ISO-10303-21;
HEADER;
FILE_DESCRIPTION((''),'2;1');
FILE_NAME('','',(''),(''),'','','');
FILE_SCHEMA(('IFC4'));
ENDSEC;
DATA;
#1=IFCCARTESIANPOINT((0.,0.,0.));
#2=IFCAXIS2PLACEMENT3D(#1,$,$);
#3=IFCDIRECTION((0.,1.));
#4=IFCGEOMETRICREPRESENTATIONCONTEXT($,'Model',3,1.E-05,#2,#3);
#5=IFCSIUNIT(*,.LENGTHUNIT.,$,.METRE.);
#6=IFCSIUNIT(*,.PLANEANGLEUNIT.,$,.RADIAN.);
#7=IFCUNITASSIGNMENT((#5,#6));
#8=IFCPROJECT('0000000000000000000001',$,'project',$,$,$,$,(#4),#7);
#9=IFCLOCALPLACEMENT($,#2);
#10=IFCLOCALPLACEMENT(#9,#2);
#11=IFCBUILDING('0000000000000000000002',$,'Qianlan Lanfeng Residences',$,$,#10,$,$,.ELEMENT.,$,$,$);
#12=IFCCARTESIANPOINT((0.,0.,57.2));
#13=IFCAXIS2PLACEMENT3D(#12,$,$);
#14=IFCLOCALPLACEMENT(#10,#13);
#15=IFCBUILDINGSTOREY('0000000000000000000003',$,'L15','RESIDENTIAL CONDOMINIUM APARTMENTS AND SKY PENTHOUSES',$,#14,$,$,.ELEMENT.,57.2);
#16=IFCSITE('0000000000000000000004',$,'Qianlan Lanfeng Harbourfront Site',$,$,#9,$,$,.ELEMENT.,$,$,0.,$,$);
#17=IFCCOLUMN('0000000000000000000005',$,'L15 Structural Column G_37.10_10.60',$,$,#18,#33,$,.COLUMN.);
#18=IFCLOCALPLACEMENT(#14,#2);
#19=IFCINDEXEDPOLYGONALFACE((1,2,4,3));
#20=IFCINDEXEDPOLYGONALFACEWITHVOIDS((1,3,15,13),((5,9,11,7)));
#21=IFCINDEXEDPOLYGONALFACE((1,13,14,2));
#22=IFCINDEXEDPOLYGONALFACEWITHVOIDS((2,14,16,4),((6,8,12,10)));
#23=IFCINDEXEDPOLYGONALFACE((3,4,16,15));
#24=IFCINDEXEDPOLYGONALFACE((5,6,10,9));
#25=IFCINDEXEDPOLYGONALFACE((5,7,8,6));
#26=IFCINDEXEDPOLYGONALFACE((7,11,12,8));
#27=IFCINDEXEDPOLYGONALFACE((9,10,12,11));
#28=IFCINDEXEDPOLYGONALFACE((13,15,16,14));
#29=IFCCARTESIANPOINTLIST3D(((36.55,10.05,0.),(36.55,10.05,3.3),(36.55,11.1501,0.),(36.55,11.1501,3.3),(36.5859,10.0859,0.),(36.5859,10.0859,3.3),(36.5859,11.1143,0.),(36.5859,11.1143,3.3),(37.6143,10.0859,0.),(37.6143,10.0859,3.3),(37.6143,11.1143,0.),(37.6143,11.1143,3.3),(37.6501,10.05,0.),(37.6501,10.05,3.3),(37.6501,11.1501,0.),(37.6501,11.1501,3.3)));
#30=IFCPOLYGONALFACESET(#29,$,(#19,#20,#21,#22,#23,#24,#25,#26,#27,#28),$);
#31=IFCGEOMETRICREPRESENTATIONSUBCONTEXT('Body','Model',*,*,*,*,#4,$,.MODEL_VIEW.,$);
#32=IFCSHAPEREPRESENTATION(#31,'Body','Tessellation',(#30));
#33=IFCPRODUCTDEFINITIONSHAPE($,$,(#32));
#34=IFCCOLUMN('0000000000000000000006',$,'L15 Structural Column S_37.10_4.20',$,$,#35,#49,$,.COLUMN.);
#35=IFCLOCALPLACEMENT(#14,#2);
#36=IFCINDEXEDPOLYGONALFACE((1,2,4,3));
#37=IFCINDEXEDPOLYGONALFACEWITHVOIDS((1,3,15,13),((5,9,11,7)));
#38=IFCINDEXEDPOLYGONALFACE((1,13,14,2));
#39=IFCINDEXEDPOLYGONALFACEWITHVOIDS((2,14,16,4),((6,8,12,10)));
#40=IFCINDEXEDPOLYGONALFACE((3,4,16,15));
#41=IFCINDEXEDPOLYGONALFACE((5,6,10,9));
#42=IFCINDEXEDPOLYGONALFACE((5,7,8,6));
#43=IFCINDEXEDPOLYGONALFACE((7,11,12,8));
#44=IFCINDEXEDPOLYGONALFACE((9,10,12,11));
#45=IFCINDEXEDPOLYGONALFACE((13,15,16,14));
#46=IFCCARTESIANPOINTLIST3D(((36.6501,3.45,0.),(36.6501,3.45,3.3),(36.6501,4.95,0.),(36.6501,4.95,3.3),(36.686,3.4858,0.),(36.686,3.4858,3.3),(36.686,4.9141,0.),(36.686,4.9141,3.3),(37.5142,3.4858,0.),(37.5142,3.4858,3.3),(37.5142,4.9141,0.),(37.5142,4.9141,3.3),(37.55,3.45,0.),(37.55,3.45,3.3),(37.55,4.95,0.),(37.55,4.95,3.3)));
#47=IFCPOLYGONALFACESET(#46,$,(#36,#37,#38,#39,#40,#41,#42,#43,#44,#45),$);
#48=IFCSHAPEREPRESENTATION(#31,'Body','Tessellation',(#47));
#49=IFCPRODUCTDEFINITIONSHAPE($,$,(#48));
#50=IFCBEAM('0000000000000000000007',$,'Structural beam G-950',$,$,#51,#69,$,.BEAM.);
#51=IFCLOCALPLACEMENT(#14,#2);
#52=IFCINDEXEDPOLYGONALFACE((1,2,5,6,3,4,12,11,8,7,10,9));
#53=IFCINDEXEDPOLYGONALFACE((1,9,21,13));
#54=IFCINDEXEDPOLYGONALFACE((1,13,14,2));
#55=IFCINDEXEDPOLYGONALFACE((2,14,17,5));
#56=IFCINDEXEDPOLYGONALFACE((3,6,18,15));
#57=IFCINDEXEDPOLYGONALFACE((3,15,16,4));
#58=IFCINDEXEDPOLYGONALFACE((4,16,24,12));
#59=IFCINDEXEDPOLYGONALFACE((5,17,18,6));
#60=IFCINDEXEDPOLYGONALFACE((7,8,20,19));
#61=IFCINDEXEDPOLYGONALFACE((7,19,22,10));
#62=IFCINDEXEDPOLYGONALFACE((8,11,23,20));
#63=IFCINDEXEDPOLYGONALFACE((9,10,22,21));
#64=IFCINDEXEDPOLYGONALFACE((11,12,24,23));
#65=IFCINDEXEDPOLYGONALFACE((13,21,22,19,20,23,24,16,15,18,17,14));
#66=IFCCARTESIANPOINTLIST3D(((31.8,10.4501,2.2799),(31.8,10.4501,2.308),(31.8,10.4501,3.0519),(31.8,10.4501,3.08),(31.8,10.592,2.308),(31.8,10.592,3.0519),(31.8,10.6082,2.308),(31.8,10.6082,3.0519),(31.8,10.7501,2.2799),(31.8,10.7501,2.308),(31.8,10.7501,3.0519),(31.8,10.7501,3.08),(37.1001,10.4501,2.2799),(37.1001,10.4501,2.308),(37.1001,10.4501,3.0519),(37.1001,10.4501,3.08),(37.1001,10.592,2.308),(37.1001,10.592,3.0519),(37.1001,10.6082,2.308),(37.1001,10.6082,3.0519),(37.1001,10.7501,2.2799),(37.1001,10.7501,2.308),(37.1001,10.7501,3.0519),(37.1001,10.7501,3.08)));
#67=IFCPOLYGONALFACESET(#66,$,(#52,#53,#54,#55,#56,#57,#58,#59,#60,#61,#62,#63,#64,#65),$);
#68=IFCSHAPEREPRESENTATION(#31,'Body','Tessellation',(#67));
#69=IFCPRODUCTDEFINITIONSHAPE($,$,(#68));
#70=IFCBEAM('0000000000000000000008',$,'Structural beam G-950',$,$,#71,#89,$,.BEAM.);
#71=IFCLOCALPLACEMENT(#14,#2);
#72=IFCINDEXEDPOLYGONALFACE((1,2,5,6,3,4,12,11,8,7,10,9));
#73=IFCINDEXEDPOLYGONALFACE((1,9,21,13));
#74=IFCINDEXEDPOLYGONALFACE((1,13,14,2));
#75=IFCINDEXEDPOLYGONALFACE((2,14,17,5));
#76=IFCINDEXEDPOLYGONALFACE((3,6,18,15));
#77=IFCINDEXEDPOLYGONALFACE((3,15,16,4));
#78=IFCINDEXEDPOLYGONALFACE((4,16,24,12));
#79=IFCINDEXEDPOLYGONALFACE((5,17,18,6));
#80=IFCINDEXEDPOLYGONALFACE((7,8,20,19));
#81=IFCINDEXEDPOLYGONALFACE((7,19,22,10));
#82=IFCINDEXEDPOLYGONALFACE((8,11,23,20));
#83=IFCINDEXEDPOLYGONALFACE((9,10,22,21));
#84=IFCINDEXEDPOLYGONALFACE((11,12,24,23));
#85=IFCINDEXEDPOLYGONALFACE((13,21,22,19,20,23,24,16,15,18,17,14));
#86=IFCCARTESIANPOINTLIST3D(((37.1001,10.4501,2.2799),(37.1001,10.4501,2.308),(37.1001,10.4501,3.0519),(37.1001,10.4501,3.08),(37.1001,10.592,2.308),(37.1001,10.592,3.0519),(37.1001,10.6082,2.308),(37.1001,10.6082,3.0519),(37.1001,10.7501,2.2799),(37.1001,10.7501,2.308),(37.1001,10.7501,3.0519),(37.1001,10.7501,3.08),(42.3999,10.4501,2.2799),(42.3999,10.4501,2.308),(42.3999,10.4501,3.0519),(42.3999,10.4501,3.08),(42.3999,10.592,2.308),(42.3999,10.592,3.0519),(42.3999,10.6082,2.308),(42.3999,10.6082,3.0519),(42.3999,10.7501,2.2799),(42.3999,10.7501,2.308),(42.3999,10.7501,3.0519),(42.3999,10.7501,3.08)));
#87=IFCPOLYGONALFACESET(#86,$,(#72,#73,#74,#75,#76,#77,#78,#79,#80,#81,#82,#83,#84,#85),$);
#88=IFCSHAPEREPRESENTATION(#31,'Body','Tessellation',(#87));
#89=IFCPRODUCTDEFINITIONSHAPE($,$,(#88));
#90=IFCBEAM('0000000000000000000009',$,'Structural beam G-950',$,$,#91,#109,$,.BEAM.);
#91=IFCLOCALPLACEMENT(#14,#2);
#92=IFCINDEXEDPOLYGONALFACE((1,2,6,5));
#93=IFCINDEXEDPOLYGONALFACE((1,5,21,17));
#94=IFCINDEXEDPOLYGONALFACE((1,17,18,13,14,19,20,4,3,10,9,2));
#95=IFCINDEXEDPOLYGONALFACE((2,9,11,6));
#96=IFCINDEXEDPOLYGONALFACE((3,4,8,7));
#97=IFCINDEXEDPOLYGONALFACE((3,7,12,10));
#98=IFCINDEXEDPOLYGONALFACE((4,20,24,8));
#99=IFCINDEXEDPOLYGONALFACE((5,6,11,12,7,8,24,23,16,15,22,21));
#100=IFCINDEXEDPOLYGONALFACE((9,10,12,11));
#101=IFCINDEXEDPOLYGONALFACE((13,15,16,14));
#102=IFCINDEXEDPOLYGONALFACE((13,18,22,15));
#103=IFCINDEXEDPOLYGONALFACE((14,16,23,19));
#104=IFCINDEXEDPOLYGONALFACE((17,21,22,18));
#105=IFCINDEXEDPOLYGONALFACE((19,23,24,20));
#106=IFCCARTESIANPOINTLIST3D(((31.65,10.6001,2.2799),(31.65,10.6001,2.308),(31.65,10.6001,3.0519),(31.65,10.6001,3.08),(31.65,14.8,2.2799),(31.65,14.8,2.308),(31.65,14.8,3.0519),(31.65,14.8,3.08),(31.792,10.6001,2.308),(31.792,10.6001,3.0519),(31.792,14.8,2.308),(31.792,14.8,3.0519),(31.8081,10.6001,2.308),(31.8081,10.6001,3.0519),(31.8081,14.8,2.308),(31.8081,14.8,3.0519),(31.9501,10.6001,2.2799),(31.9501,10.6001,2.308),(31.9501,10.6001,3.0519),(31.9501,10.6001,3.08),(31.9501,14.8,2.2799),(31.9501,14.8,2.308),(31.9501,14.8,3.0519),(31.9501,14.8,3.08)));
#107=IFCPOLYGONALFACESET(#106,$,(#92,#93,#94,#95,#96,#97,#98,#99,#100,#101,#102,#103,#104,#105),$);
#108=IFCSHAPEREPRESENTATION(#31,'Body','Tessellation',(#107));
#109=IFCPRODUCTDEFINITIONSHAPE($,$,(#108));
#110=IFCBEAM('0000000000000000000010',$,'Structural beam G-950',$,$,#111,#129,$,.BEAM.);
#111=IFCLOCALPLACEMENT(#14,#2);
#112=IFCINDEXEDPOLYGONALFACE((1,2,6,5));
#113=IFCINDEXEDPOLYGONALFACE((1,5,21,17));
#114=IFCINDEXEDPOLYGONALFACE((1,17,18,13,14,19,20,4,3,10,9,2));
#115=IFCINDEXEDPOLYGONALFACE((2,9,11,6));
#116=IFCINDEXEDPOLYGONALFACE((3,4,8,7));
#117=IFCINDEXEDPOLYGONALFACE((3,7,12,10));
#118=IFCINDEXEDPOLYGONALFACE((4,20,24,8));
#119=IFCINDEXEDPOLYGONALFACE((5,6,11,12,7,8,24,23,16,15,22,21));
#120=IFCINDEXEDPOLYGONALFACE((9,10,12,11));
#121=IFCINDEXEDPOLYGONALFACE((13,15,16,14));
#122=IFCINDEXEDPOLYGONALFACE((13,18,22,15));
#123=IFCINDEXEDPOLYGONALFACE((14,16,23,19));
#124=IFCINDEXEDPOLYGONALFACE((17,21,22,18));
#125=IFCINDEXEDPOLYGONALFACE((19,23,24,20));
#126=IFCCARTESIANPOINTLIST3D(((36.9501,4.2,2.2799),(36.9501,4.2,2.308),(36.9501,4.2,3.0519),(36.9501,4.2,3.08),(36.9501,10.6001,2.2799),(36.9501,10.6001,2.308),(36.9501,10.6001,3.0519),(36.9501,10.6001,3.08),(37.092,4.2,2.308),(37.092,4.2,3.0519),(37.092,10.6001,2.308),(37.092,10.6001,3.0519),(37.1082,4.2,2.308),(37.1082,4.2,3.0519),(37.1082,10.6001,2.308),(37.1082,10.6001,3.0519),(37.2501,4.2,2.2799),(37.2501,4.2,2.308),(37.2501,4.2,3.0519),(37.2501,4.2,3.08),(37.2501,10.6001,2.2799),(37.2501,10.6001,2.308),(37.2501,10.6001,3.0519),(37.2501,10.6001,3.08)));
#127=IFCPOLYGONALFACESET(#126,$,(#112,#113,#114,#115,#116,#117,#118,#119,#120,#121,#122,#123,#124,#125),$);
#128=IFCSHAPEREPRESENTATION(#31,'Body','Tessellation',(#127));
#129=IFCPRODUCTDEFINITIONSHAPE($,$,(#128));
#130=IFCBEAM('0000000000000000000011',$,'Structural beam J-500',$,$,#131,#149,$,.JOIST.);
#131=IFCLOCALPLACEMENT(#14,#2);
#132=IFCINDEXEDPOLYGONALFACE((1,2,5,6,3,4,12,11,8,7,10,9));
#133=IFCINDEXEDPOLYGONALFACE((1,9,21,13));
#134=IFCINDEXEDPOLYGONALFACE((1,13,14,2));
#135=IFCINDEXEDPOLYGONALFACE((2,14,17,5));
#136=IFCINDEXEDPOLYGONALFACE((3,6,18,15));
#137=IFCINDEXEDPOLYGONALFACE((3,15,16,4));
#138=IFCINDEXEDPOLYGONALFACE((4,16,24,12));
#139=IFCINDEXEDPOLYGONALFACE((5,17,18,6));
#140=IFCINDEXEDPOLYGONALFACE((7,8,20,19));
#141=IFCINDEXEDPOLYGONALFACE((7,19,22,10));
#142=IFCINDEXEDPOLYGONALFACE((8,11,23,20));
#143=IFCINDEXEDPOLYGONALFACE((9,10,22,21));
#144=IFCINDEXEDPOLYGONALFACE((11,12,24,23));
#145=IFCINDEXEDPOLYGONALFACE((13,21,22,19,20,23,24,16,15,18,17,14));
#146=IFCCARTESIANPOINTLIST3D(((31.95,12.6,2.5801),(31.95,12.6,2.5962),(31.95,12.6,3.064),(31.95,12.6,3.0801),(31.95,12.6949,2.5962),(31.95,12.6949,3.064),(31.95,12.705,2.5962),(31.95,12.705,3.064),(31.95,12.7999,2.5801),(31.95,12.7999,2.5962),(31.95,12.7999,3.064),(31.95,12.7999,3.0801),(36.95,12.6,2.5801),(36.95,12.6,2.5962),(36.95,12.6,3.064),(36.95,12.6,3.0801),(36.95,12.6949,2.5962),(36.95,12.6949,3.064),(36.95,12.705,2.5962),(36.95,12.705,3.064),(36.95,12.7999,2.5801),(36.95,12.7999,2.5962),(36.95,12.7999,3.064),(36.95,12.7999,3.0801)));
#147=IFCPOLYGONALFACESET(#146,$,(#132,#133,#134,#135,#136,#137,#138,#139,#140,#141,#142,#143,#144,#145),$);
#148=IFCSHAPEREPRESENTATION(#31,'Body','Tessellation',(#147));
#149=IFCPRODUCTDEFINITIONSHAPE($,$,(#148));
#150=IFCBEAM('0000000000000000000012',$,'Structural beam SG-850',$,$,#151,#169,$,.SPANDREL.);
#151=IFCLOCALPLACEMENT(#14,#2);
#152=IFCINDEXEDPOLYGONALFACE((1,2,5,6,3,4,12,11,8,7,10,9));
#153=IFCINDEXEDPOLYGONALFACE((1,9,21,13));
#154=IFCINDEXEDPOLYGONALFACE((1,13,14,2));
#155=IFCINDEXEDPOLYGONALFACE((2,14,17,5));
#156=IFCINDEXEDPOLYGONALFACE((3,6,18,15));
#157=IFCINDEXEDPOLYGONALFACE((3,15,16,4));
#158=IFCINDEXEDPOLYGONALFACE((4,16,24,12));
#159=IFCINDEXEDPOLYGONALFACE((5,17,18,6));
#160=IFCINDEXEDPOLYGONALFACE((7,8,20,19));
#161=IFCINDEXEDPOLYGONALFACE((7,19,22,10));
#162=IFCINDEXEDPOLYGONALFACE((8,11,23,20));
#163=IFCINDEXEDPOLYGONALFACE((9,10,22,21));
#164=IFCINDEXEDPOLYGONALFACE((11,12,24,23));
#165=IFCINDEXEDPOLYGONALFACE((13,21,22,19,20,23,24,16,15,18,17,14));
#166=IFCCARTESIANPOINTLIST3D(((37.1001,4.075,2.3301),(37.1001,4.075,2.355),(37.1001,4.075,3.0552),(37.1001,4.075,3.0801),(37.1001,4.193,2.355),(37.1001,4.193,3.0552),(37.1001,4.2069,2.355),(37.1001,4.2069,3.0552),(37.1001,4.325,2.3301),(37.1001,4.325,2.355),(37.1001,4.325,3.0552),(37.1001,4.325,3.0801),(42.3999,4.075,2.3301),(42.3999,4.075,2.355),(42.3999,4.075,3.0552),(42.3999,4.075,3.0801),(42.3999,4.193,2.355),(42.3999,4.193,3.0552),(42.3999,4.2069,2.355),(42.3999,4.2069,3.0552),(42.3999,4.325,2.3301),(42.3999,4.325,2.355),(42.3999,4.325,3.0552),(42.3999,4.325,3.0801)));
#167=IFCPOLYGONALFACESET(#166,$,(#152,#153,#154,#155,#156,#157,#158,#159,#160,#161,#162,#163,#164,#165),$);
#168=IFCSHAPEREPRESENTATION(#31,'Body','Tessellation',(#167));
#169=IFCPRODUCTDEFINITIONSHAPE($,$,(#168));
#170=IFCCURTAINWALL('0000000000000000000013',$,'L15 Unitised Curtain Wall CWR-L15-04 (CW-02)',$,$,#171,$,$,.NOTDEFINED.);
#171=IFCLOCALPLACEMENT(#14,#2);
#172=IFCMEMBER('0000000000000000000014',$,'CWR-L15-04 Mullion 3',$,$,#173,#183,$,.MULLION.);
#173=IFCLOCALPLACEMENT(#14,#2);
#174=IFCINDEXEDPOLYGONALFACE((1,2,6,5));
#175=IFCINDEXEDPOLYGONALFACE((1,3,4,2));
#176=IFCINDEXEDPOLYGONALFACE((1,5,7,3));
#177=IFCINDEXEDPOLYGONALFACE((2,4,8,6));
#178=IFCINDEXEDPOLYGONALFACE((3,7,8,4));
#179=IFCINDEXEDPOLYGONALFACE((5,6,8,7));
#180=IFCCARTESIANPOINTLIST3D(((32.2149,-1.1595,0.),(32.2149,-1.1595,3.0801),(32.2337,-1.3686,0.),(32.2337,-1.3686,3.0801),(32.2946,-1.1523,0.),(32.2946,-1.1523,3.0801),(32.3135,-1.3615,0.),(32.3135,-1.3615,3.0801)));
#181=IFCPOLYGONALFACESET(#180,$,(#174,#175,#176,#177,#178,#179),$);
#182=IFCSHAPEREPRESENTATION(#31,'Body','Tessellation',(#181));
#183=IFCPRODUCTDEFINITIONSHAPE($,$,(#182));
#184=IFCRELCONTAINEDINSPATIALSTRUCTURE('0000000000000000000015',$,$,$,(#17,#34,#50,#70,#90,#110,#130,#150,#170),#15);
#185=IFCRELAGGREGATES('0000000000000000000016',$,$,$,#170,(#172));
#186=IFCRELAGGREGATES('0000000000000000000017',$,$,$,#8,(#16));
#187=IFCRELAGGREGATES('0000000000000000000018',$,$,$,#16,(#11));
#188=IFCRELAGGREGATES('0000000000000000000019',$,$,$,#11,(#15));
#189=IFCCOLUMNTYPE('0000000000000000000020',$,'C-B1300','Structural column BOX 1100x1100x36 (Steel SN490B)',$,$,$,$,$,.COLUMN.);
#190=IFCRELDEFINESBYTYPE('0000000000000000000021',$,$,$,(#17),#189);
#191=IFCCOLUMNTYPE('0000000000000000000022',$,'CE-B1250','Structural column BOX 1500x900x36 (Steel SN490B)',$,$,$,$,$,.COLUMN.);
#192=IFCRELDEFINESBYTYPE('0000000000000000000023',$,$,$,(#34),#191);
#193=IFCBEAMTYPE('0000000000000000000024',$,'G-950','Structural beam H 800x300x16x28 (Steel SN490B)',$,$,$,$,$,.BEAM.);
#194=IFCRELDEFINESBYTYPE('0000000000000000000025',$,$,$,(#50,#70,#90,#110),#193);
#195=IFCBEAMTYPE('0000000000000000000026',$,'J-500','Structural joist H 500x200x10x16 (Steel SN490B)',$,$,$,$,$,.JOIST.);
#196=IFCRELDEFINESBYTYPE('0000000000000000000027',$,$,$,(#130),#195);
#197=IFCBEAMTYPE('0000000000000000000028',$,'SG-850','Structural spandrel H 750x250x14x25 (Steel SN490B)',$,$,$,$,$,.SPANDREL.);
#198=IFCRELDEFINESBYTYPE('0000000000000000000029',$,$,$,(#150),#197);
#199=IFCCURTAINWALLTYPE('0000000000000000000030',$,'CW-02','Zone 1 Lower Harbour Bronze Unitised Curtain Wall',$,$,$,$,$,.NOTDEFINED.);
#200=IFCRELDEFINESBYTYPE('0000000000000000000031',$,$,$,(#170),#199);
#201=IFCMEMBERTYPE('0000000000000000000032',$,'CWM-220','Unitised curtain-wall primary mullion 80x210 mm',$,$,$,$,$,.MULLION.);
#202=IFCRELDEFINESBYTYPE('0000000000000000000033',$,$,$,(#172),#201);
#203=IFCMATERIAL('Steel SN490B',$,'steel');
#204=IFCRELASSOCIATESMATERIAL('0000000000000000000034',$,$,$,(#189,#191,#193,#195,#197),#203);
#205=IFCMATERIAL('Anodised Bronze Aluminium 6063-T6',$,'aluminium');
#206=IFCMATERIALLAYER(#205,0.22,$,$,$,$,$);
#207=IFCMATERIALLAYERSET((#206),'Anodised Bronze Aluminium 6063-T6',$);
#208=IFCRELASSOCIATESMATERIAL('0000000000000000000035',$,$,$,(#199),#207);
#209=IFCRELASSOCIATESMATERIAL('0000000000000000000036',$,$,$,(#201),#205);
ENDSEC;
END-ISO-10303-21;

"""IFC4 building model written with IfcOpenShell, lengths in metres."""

from ifc_helpers import new_model, si_unit, direction, frame, origin, origin_2d, place, context, subcontext, project, spatial, rectangle, hollow_rectangle, i_section, extrude, source, transform, mapped, material, layer, layer_set, material_profile, profile_set, type_object, element, aggregate, save


model = new_model("IFC4")

# Units and contexts
model_context = context("Model", 3, precision=1e-05, world=origin(), true_north=direction((0.0, 1.0)))
body_context = subcontext(model_context, "Body", "Model", "MODEL_VIEW")
ifc_project = project(units=[si_unit("LENGTHUNIT", "METRE"), si_unit("PLANEANGLEUNIT", "RADIAN")], contexts=[model_context])

# Site, building, storey
site_placement = place(None, origin())
site = spatial("IfcSite", under=ifc_project, at=site_placement, Name="Qianlan Lanfeng Harbourfront Site", CompositionType="ELEMENT", RefElevation=0.0)
building_placement = place(site_placement, origin())
building = spatial("IfcBuilding", under=site, at=building_placement, Name="Qianlan Lanfeng Residences", CompositionType="ELEMENT")
storey_placement = place(building_placement, frame((0.0, 0.0, 57.2)))
storey = spatial("IfcBuildingStorey", under=building, at=storey_placement, Name="L15", Description="RESIDENTIAL CONDOMINIUM APARTMENTS AND SKY PENTHOUSES", CompositionType="ELEMENT", Elevation=57.2)

# Columns
ifc_material_1 = material(Name="Steel SN490B", Category="steel")
ifc_material_profile_1 = material_profile(ifc_material_1, hollow_rectangle(XDim=1.1001, YDim=1.1001, WallThickness=0.0359, at=origin_2d()), Name="BOX 1100x1100x36")
ifc_profile_set_1 = profile_set([ifc_material_profile_1], Name="Steel SN490B")
column_type_1 = type_object("IfcColumnType", Name="C-B1300", Description="Structural column BOX 1100x1100x36 (Steel SN490B)", PredefinedType="COLUMN", material=ifc_profile_set_1)
column_1_placement = place(storey_placement, frame((37.1001, 10.6001, 0.0), z_axis=(0.0, 0.0, 1.0), x_axis=(1.0, 0.0, 0.0)))
element("IfcColumn", 1, at=column_1_placement, inside=storey, type_object=column_type_1, Name="L15 Structural Column G_37.10_10.60", PredefinedType="COLUMN", context=body_context, shape_type="SweptSolid", body=[
    extrude(hollow_rectangle(XDim=1.1001, YDim=1.1001, WallThickness=0.0359, at=origin_2d()), origin(), (0.0, 0.0, 1.0), 3.3),
])
ifc_material_profile_2 = material_profile(ifc_material_1, hollow_rectangle(XDim=0.8999, YDim=1.5, WallThickness=0.0359, at=origin_2d()), Name="BOX 1500x900x36")
ifc_profile_set_2 = profile_set([ifc_material_profile_2], Name="Steel SN490B")
column_type_2 = type_object("IfcColumnType", Name="CE-B1250", Description="Structural column BOX 1500x900x36 (Steel SN490B)", PredefinedType="COLUMN", material=ifc_profile_set_2)
column_2_placement = place(storey_placement, frame((37.1001, 4.2, 0.0), z_axis=(0.0, 0.0, 1.0), x_axis=(1.0, 0.0, 0.0)))
element("IfcColumn", 2, at=column_2_placement, inside=storey, type_object=column_type_2, Name="L15 Structural Column S_37.10_4.20", PredefinedType="COLUMN", context=body_context, shape_type="SweptSolid", body=[
    extrude(hollow_rectangle(XDim=0.8999, YDim=1.5, WallThickness=0.0359, at=origin_2d()), origin(), (0.0, 0.0, 1.0), 3.3),
])

# Beams
ifc_material_profile_3 = material_profile(ifc_material_1, i_section(OverallWidth=0.3, OverallDepth=0.8, WebThickness=0.0161, FlangeThickness=0.0281, at=origin_2d()), Name="H 800x300x16x28")
ifc_profile_set_3 = profile_set([ifc_material_profile_3], Name="Steel SN490B")
beam_type_1 = type_object("IfcBeamType", Name="G-950", Description="Structural beam H 800x300x16x28 (Steel SN490B)", PredefinedType="BEAM", material=ifc_profile_set_3)
beam_1_placement = place(storey_placement, frame((31.8, 10.6001, 2.6799), z_axis=(1.0, 0.0, 0.0), x_axis=(0.0, 1.0, 0.0)))
element("IfcBeam", 3, at=beam_1_placement, inside=storey, type_object=beam_type_1, Name="Structural beam G-950", PredefinedType="BEAM", context=body_context, shape_type="SweptSolid", body=[
    extrude(i_section(OverallWidth=0.3, OverallDepth=0.8, WebThickness=0.0161, FlangeThickness=0.0281, at=origin_2d()), origin(), (0.0, 0.0, 1.0), 5.3),
])
beam_2_placement = place(storey_placement, frame((37.1001, 10.6001, 2.6799), z_axis=(1.0, 0.0, 0.0), x_axis=(0.0, 1.0, 0.0)))
element("IfcBeam", 4, at=beam_2_placement, inside=storey, type_object=beam_type_1, Name="Structural beam G-950", PredefinedType="BEAM", context=body_context, shape_type="SweptSolid", body=[
    extrude(i_section(OverallWidth=0.3, OverallDepth=0.8, WebThickness=0.0161, FlangeThickness=0.0281, at=origin_2d()), origin(), (0.0, 0.0, 1.0), 5.2998),
])
beam_3_placement = place(storey_placement, frame((31.8, 10.6001, 2.6799), z_axis=(0.0, 1.0, 0.0), x_axis=(-1.0, 0.0, 0.0)))
element("IfcBeam", 5, at=beam_3_placement, inside=storey, type_object=beam_type_1, Name="Structural beam G-950", PredefinedType="BEAM", context=body_context, shape_type="SweptSolid", body=[
    extrude(i_section(OverallWidth=0.3, OverallDepth=0.8, WebThickness=0.0161, FlangeThickness=0.0281, at=origin_2d()), origin(), (0.0, 0.0, 1.0), 4.2),
])
beam_4_placement = place(storey_placement, frame((37.1001, 4.2, 2.6799), z_axis=(0.0, 1.0, 0.0), x_axis=(-1.0, 0.0, 0.0)))
element("IfcBeam", 6, at=beam_4_placement, inside=storey, type_object=beam_type_1, Name="Structural beam G-950", PredefinedType="BEAM", context=body_context, shape_type="SweptSolid", body=[
    extrude(i_section(OverallWidth=0.3, OverallDepth=0.8, WebThickness=0.0161, FlangeThickness=0.0281, at=origin_2d()), origin(), (0.0, 0.0, 1.0), 6.4001),
])
ifc_material_profile_4 = material_profile(ifc_material_1, i_section(OverallWidth=0.2, OverallDepth=0.5, WebThickness=0.01, FlangeThickness=0.0161, at=origin_2d()), Name="H 500x200x10x16")
ifc_profile_set_4 = profile_set([ifc_material_profile_4], Name="Steel SN490B")
beam_type_2 = type_object("IfcBeamType", Name="J-500", Description="Structural joist H 500x200x10x16 (Steel SN490B)", PredefinedType="JOIST", material=ifc_profile_set_4)
beam_5_placement = place(storey_placement, frame((31.95, 12.7, 2.8301), z_axis=(1.0, 0.0, 0.0), x_axis=(0.0, 1.0, 0.0)))
element("IfcBeam", 7, at=beam_5_placement, inside=storey, type_object=beam_type_2, Name="Structural beam J-500", PredefinedType="JOIST", context=body_context, shape_type="SweptSolid", body=[
    extrude(i_section(OverallWidth=0.2, OverallDepth=0.5, WebThickness=0.01, FlangeThickness=0.0161, at=origin_2d()), origin(), (0.0, 0.0, 1.0), 5.0),
])
ifc_material_profile_5 = material_profile(ifc_material_1, i_section(OverallWidth=0.25, OverallDepth=0.75, WebThickness=0.0139, FlangeThickness=0.0249, at=origin_2d()), Name="H 750x250x14x25")
ifc_profile_set_5 = profile_set([ifc_material_profile_5], Name="Steel SN490B")
beam_type_3 = type_object("IfcBeamType", Name="SG-850", Description="Structural spandrel H 750x250x14x25 (Steel SN490B)", PredefinedType="SPANDREL", material=ifc_profile_set_5)
beam_6_placement = place(storey_placement, frame((37.1001, 4.2, 2.7051), z_axis=(1.0, 0.0, 0.0), x_axis=(0.0, 1.0, 0.0)))
element("IfcBeam", 8, at=beam_6_placement, inside=storey, type_object=beam_type_3, Name="Structural beam SG-850", PredefinedType="SPANDREL", context=body_context, shape_type="SweptSolid", body=[
    extrude(i_section(OverallWidth=0.25, OverallDepth=0.75, WebThickness=0.0139, FlangeThickness=0.0249, at=origin_2d()), origin(), (0.0, 0.0, 1.0), 5.2998),
])

# Curtain wall, member
ifc_material_2 = material(Name="Anodised Bronze Aluminium 6063-T6", Category="aluminium")
ifc_layer_1 = layer(ifc_material_2, 0.22)
ifc_layer_set_1 = layer_set([ifc_layer_1], Name="Anodised Bronze Aluminium 6063-T6")
curtain_wall_type = type_object("IfcCurtainWallType", Name="CW-02", Description="Zone 1 Lower Harbour Bronze Unitised Curtain Wall", PredefinedType="NOTDEFINED", material=ifc_layer_set_1)
curtain_wall_1_placement = place(storey_placement, origin())
curtain_wall_1 = element("IfcCurtainWall", 9, at=curtain_wall_1_placement, inside=storey, type_object=curtain_wall_type, Name="L15 Unitised Curtain Wall CWR-L15-04 (CW-02)", PredefinedType="NOTDEFINED")
ifc_material_profile_6 = material_profile(ifc_material_2, rectangle(XDim=0.0801, YDim=0.21, at=origin_2d()), Name="ALU MULLION 80x210")
ifc_profile_set_6 = profile_set([ifc_material_profile_6], Name="Anodised Bronze Aluminium 6063-T6")
member_type_1 = type_object("IfcMemberType", Name="CWM-220", Description="Unitised curtain-wall primary mullion 80x210 mm", PredefinedType="MULLION", material=ifc_profile_set_6)
shared_shape_1 = source(origin(), body_context, "Body", "SweptSolid", [
    extrude(rectangle(XDim=0.0801, YDim=0.21, at=origin_2d()), origin(), (0.0, 0.0, 1.0), 3.0801),
])
member_1_placement = place(storey_placement, frame((32.2642, -1.2605, 0.0), z_axis=(0.0, 0.0, 1.0), x_axis=(0.995965, 0.089746, 0.0)))
member_1 = element("IfcMember", 10, at=member_1_placement, type_object=member_type_1, Name="CWR-L15-04 Mullion 3", PredefinedType="MULLION", context=body_context, shape_type="MappedRepresentation", body=[
    mapped(shared_shape_1, transform((0.0, 0.0, 0.0), scale=1.0)),
])
aggregate(curtain_wall_1, [member_1])

save(model, "model.ifc")
